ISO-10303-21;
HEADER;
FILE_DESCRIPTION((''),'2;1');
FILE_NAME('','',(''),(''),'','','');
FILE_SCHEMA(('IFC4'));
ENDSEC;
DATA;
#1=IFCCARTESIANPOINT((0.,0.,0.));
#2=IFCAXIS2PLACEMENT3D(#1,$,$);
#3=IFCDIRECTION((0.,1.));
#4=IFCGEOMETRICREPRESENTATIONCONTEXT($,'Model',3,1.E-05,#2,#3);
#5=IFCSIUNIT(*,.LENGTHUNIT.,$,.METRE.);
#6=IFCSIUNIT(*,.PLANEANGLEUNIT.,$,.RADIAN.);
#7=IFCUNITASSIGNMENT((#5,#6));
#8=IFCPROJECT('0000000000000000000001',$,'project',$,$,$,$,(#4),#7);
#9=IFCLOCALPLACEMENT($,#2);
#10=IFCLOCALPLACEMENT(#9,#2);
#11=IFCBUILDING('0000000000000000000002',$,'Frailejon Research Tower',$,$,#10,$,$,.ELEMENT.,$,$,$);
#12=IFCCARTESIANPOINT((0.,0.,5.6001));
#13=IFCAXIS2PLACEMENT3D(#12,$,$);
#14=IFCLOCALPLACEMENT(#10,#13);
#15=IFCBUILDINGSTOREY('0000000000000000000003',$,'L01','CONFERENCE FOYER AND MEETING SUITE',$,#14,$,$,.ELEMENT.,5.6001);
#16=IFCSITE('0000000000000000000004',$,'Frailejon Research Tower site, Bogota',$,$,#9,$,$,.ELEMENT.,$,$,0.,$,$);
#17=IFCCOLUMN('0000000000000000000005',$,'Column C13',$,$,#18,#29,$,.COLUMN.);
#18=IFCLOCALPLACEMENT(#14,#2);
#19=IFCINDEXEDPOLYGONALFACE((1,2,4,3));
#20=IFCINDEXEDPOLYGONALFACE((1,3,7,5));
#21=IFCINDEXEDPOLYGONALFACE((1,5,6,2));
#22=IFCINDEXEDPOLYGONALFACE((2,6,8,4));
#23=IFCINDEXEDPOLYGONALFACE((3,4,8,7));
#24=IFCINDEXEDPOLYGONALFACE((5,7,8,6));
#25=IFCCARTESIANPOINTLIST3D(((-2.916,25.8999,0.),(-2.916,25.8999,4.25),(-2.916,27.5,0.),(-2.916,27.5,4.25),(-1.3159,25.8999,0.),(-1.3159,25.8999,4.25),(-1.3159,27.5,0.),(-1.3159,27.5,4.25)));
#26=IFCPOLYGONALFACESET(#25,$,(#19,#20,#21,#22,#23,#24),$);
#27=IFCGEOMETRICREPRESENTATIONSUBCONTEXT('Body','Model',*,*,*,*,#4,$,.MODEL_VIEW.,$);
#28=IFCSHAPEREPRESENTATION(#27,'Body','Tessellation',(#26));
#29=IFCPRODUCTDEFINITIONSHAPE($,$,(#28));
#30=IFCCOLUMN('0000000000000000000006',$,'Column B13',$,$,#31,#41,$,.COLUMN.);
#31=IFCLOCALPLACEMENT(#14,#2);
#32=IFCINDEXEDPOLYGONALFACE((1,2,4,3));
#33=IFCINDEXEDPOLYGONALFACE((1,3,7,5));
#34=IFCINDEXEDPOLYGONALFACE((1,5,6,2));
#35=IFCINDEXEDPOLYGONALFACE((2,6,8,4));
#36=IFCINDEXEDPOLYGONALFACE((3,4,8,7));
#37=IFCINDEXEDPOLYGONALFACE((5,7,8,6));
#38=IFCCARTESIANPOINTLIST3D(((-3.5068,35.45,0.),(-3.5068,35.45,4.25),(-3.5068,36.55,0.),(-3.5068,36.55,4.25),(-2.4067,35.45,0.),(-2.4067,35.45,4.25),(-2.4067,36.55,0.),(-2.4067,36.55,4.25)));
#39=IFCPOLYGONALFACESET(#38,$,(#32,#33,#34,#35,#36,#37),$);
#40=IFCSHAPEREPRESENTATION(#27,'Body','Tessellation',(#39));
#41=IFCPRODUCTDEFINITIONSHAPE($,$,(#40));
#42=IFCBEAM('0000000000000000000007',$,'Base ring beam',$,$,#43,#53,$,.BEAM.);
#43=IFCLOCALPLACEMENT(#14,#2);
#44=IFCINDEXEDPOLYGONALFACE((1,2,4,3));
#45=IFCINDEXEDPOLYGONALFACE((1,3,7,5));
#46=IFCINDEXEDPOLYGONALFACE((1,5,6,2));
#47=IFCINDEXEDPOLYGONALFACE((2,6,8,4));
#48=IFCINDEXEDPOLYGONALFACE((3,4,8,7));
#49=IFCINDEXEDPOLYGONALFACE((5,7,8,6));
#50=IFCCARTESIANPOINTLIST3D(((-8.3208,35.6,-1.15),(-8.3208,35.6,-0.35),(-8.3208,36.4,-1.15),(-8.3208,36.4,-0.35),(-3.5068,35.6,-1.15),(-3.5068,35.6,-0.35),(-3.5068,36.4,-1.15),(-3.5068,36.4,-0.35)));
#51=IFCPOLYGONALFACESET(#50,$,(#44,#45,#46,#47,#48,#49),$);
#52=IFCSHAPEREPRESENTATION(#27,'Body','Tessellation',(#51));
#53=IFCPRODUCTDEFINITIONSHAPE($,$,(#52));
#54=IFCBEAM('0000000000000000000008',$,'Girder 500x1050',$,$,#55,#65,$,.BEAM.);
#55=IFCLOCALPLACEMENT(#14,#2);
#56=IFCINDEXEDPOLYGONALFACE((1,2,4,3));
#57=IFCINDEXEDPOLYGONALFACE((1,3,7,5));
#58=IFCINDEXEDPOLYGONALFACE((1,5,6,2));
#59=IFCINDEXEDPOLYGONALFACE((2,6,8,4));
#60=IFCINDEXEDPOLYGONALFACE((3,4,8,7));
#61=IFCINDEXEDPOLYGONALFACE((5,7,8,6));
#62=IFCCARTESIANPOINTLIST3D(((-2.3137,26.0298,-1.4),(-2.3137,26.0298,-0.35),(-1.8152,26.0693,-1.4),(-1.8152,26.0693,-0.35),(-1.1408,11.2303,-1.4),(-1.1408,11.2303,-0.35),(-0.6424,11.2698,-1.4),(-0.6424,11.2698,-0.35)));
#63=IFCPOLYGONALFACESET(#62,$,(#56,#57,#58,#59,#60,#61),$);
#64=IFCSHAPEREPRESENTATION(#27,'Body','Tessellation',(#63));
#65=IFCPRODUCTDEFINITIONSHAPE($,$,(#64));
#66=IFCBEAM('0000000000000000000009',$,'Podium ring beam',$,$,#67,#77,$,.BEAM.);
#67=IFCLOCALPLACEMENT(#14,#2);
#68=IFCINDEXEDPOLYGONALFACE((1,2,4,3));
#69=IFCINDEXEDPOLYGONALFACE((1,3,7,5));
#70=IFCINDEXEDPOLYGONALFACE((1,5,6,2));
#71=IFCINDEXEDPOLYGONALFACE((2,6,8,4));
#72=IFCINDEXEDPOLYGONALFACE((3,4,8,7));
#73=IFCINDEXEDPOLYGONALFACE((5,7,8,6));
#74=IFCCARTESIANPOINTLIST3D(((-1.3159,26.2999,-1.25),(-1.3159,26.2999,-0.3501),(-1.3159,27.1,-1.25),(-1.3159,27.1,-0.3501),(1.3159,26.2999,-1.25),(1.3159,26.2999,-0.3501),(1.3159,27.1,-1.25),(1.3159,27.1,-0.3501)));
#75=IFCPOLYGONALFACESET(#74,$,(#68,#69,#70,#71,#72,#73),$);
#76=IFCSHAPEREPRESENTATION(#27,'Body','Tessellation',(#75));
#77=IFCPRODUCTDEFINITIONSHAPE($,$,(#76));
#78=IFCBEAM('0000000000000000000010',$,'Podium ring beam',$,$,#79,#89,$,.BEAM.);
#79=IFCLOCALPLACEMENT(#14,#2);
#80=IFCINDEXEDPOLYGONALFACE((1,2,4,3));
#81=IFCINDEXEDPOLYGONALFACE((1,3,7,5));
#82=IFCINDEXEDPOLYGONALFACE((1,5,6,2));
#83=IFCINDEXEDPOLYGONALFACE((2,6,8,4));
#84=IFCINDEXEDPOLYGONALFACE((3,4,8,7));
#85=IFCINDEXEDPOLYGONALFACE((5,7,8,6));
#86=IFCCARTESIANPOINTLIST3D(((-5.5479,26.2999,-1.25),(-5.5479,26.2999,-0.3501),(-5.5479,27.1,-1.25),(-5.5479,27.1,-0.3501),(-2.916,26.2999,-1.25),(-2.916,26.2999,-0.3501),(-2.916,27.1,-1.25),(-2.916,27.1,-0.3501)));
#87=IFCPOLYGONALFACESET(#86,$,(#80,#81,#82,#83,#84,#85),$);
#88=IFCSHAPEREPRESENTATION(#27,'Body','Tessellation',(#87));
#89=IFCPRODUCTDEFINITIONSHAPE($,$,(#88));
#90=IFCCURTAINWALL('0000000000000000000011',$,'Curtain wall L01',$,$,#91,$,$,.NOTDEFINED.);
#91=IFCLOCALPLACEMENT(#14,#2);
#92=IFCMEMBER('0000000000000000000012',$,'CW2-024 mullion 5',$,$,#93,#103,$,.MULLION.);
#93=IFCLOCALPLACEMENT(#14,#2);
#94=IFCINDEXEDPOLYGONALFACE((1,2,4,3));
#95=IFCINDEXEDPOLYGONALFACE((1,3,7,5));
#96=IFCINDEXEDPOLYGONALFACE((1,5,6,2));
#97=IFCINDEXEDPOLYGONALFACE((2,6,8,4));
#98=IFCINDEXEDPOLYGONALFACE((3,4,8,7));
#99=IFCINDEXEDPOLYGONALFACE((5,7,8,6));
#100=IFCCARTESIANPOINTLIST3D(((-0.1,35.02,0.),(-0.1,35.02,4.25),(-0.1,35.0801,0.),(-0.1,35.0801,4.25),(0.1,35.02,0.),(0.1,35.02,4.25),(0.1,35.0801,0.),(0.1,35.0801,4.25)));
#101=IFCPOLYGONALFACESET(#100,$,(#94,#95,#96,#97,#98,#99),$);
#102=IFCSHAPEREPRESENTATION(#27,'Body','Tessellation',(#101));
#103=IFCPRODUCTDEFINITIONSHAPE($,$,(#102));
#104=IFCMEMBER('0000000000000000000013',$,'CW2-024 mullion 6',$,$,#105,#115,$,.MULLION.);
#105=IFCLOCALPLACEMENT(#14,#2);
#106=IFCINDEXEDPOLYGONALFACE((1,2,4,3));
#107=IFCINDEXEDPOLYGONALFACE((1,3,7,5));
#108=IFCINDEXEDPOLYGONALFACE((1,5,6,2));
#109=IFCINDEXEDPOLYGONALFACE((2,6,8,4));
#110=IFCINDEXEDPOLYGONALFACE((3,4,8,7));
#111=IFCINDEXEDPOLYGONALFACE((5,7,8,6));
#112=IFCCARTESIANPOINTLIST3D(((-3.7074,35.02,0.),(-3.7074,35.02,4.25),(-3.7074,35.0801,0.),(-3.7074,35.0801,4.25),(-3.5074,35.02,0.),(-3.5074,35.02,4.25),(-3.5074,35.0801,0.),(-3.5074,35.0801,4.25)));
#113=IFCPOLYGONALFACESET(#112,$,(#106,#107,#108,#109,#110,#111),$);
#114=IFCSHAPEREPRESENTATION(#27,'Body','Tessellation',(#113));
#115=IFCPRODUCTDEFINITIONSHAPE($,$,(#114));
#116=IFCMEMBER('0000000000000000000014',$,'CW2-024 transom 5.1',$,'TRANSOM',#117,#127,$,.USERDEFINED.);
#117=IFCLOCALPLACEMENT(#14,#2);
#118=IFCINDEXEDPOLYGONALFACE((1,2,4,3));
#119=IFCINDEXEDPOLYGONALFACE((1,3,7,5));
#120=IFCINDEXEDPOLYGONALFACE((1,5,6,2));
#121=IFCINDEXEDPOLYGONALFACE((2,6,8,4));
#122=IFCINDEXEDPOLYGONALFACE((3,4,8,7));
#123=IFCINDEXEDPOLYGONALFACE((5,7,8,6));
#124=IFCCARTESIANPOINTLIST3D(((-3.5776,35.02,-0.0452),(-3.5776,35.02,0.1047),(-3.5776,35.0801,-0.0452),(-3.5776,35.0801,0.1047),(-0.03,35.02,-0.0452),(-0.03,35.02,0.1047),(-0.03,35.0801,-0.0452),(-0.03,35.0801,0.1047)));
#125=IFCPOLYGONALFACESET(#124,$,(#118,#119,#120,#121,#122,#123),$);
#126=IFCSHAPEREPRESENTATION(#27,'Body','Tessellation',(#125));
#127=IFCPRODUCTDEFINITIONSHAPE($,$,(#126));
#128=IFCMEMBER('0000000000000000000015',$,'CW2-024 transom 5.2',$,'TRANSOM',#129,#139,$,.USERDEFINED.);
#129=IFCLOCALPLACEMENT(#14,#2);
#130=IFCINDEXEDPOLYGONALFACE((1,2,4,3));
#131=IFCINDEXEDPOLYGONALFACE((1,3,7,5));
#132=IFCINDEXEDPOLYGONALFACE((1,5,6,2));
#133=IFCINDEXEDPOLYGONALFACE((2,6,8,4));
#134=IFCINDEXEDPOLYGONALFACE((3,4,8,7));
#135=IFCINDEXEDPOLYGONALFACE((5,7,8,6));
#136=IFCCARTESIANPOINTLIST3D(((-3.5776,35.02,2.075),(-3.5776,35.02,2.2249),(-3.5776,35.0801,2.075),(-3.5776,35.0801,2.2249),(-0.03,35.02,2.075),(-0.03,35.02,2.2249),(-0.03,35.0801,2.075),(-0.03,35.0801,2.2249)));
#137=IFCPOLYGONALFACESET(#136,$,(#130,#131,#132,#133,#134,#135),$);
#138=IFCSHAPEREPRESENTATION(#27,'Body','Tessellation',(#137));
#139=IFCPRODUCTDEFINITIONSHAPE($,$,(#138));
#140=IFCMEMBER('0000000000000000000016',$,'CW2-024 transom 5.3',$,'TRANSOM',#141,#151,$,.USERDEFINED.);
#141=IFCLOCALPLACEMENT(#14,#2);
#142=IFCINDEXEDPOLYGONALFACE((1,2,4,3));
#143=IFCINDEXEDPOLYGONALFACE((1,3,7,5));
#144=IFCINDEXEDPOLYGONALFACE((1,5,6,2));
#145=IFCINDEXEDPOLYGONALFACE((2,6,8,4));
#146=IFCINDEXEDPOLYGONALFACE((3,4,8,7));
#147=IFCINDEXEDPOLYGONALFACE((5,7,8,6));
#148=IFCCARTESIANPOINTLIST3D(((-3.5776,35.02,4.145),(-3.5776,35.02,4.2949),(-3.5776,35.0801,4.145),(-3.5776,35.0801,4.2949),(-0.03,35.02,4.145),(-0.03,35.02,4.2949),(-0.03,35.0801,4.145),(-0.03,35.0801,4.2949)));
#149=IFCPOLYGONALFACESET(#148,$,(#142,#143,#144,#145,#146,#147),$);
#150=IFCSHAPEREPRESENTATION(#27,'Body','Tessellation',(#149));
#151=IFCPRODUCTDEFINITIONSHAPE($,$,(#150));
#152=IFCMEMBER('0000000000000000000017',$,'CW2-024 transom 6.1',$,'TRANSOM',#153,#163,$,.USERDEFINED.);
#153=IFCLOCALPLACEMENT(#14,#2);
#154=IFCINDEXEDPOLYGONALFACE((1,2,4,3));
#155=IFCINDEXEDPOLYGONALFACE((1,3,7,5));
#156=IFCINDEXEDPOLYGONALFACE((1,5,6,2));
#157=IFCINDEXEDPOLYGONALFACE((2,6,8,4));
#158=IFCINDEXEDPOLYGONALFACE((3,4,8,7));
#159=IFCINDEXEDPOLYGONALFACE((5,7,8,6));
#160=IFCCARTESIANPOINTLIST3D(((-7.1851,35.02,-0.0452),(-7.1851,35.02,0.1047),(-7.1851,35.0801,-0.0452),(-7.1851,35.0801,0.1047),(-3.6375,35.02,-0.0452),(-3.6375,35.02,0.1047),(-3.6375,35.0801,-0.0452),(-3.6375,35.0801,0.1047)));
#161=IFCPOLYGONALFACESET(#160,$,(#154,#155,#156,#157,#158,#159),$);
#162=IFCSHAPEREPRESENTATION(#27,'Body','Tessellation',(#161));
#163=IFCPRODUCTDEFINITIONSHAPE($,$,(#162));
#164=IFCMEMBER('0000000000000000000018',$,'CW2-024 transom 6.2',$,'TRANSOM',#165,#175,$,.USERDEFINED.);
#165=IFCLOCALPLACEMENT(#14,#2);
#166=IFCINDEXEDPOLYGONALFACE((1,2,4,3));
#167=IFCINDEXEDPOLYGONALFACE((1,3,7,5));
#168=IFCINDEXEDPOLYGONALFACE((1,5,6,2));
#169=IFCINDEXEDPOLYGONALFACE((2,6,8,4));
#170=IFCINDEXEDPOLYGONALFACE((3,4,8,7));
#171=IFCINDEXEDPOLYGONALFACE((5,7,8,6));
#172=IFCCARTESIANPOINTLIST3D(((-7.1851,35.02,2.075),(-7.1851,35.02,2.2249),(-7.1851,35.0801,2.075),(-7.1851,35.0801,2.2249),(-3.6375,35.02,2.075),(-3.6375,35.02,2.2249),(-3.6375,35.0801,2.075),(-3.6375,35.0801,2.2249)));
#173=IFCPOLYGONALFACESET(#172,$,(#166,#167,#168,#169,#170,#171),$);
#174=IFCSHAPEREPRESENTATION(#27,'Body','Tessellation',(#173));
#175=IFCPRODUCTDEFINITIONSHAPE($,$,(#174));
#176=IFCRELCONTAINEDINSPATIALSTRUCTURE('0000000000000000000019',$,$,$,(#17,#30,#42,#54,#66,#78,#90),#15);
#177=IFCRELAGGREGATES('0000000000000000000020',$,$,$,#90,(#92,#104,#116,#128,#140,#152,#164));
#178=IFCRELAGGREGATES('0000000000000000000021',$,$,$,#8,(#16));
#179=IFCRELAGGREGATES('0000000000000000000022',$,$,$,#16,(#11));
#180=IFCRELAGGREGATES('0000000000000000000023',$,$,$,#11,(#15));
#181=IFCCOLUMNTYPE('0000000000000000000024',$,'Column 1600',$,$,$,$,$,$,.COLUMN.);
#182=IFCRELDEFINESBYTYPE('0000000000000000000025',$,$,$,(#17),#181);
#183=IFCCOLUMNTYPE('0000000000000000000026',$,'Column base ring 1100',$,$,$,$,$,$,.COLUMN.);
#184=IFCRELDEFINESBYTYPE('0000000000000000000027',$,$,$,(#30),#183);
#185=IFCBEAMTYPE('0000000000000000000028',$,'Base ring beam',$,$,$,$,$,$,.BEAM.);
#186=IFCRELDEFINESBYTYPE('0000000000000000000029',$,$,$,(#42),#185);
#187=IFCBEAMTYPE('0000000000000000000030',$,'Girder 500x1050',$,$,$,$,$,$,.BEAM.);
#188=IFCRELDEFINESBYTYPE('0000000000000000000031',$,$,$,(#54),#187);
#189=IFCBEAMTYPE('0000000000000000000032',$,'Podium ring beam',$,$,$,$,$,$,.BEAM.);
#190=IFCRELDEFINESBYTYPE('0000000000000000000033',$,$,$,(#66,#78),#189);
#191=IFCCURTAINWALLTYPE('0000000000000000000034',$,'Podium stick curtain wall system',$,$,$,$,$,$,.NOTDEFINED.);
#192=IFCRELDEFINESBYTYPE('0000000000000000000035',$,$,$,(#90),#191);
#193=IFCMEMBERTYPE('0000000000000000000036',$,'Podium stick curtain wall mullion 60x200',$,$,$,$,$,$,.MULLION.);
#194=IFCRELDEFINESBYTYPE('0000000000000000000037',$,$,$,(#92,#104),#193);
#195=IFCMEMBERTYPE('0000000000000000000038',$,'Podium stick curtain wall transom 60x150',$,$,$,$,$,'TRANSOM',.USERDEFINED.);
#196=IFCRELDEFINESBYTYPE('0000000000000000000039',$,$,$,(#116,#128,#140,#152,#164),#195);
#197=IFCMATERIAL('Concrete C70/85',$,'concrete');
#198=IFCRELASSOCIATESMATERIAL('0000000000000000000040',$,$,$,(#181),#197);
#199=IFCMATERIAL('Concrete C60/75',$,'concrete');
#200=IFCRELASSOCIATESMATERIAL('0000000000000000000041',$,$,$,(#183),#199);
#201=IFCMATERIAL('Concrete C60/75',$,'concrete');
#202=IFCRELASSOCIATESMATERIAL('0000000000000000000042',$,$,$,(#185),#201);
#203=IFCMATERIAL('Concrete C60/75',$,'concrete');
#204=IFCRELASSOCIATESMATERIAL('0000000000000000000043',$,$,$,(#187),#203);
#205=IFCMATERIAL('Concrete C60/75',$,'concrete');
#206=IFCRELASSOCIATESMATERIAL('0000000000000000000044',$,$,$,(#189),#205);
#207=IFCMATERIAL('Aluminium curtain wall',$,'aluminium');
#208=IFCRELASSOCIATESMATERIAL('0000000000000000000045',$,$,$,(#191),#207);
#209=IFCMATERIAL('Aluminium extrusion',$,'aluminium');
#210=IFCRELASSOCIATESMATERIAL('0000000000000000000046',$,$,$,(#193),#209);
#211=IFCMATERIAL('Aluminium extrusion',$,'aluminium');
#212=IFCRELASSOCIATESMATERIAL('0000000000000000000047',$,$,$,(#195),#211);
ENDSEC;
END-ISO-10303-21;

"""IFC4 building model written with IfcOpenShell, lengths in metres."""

from ifc_helpers import new_model, si_unit, direction, frame, origin, origin_2d, place, context, subcontext, project, spatial, rectangle, extrude, material, material_profile, profile_set, type_object, element, aggregate, save


model = new_model("IFC4")

# Units and contexts
model_context = context("Model", 3, precision=1e-05, world=origin(), true_north=direction((0.0, 1.0)))
body_context = subcontext(model_context, "Body", "Model", "MODEL_VIEW")
ifc_project = project(units=[si_unit("LENGTHUNIT", "METRE"), si_unit("PLANEANGLEUNIT", "RADIAN")], contexts=[model_context])

# Site, building, storey
site_placement = place(None, origin())
site = spatial("IfcSite", under=ifc_project, at=site_placement, Name="Frailejon Research Tower site, Bogota", CompositionType="ELEMENT", RefElevation=0.0)
building_placement = place(site_placement, origin())
building = spatial("IfcBuilding", under=site, at=building_placement, Name="Frailejon Research Tower", CompositionType="ELEMENT")
storey_placement = place(building_placement, frame((0.0, 0.0, 5.6001)))
storey = spatial("IfcBuildingStorey", under=building, at=storey_placement, Name="L01", Description="CONFERENCE FOYER AND MEETING SUITE", CompositionType="ELEMENT", Elevation=5.6001)

# Columns
ifc_material_1 = material(Name="Concrete C70/85", Category="concrete")
ifc_material_profile_1 = material_profile(ifc_material_1, rectangle(XDim=1.6001, YDim=1.6001, at=origin_2d()), Name="Column 1600")
ifc_profile_set_1 = profile_set([ifc_material_profile_1], Name="Concrete C70/85")
column_type_1 = type_object("IfcColumnType", Name="Column 1600", PredefinedType="COLUMN", material=ifc_profile_set_1)
column_1_placement = place(storey_placement, frame((-2.116, 26.7, 0.0), z_axis=(0.0, 0.0, 1.0), x_axis=(-1.0, 0.0, 0.0)))
element("IfcColumn", 1, at=column_1_placement, inside=storey, type_object=column_type_1, Name="Column C13", PredefinedType="COLUMN", context=body_context, shape_type="SweptSolid", body=[
    extrude(rectangle(XDim=1.6001, YDim=1.6001, at=origin_2d()), origin(), (0.0, 0.0, 1.0), 4.25),
])
ifc_material_2 = material(Name="Concrete C60/75", Category="concrete")
ifc_material_profile_2 = material_profile(ifc_material_2, rectangle(XDim=1.1001, YDim=1.1001, at=origin_2d()), Name="Column base ring 1100")
ifc_profile_set_2 = profile_set([ifc_material_profile_2], Name="Concrete C60/75")
column_type_2 = type_object("IfcColumnType", Name="Column base ring 1100", PredefinedType="COLUMN", material=ifc_profile_set_2)
column_2_placement = place(storey_placement, frame((-2.9568, 36.0, 0.0), z_axis=(0.0, 0.0, 1.0), x_axis=(-1.0, 0.0, 0.0)))
element("IfcColumn", 2, at=column_2_placement, inside=storey, type_object=column_type_2, Name="Column B13", PredefinedType="COLUMN", context=body_context, shape_type="SweptSolid", body=[
    extrude(rectangle(XDim=1.1001, YDim=1.1001, at=origin_2d()), origin(), (0.0, 0.0, 1.0), 4.25),
])

# Beams
ifc_material_3 = material(Name="Concrete C60/75", Category="concrete")
ifc_material_profile_3 = material_profile(ifc_material_3, rectangle(XDim=0.8, YDim=0.8, at=origin_2d()), Name="Base ring beam")
ifc_profile_set_3 = profile_set([ifc_material_profile_3], Name="Concrete C60/75")
beam_type_1 = type_object("IfcBeamType", Name="Base ring beam", PredefinedType="BEAM", material=ifc_profile_set_3)
beam_1_placement = place(storey_placement, frame((-3.5068, 36.0, -0.75), z_axis=(-1.0, 0.0, 0.0), x_axis=(0.0, -1.0, 0.0)))
element("IfcBeam", 3, at=beam_1_placement, inside=storey, type_object=beam_type_1, Name="Base ring beam", PredefinedType="BEAM", context=body_context, shape_type="SweptSolid", body=[
    extrude(rectangle(XDim=0.8, YDim=0.8, at=origin_2d()), origin(), (0.0, 0.0, 1.0), 4.814),
])
ifc_material_4 = material(Name="Concrete C60/75", Category="concrete")
ifc_material_profile_4 = material_profile(ifc_material_4, rectangle(XDim=0.5, YDim=1.05, at=origin_2d()), Name="Girder 500x1050")
ifc_profile_set_4 = profile_set([ifc_material_profile_4], Name="Concrete C60/75")
beam_type_2 = type_object("IfcBeamType", Name="Girder 500x1050", PredefinedType="BEAM", material=ifc_profile_set_4)
beam_2_placement = place(storey_placement, frame((-2.0645, 26.0496, -0.875), z_axis=(0.079001, -0.996875, 0.0), x_axis=(0.996875, 0.079001, 0.0)))
element("IfcBeam", 4, at=beam_2_placement, inside=storey, type_object=beam_type_2, Name="Girder 500x1050", PredefinedType="BEAM", context=body_context, shape_type="SweptSolid", body=[
    extrude(rectangle(XDim=0.5, YDim=1.05, at=origin_2d()), origin(), (0.0, 0.0, 1.0), 14.8459),
])
ifc_material_5 = material(Name="Concrete C60/75", Category="concrete")
ifc_material_profile_5 = material_profile(ifc_material_5, rectangle(XDim=0.8, YDim=0.8999, at=origin_2d()), Name="Podium ring beam")
ifc_profile_set_5 = profile_set([ifc_material_profile_5], Name="Concrete C60/75")
beam_type_3 = type_object("IfcBeamType", Name="Podium ring beam", PredefinedType="BEAM", material=ifc_profile_set_5)
for number, where, z_axis, x_axis, name in (
    (5, (1.3159, 26.7, -0.8), (-1.0, 0.0, 0.0), (0.0, -1.0, 0.0), "Podium ring beam"),
    (6, (-2.916, 26.7, -0.8), (-1.0, 0.0, 0.0), (0.0, -1.0, 0.0), "Podium ring beam"),
):
    element("IfcBeam", number, at=place(storey_placement, frame(where, z_axis=z_axis, x_axis=x_axis)), inside=storey, type_object=beam_type_3, Name=name, PredefinedType="BEAM", context=body_context, shape_type="SweptSolid", body=[
        extrude(rectangle(XDim=0.8, YDim=0.8999, at=origin_2d()), origin(), (0.0, 0.0, 1.0), 2.6318),
    ])

# Curtain wall, members
ifc_material_6 = material(Name="Aluminium curtain wall", Category="aluminium")
curtain_wall_type = type_object("IfcCurtainWallType", Name="Podium stick curtain wall system", PredefinedType="NOTDEFINED", material=ifc_material_6)
curtain_wall_placement = place(storey_placement, origin())
curtain_wall = element("IfcCurtainWall", 7, at=curtain_wall_placement, inside=storey, type_object=curtain_wall_type, Name="Curtain wall L01", PredefinedType="NOTDEFINED")
ifc_material_7 = material(Name="Aluminium extrusion", Category="aluminium")
ifc_material_profile_6 = material_profile(ifc_material_7, rectangle(XDim=0.0601, YDim=0.2, at=origin_2d()), Name="Podium stick curtain wall mullion 60x200")
ifc_profile_set_6 = profile_set([ifc_material_profile_6], Name="Aluminium extrusion")
member_type_1 = type_object("IfcMemberType", Name="Podium stick curtain wall mullion 60x200", PredefinedType="MULLION", material=ifc_profile_set_6)
member_1_placement = place(storey_placement, frame((0.0, 35.05, 0.0), z_axis=(0.0, 0.0, 1.0), x_axis=(0.0, -1.0, 0.0)))
member_1 = element("IfcMember", 8, at=member_1_placement, type_object=member_type_1, Name="CW2-024 mullion 5", PredefinedType="MULLION", context=body_context, shape_type="SweptSolid", body=[
    extrude(rectangle(XDim=0.0601, YDim=0.2, at=origin_2d()), origin(), (0.0, 0.0, 1.0), 4.25),
])
member_2_placement = place(storey_placement, frame((-3.6074, 35.05, 0.0), z_axis=(0.0, 0.0, 1.0), x_axis=(0.0, -1.0, 0.0)))
member_2 = element("IfcMember", 9, at=member_2_placement, type_object=member_type_1, Name="CW2-024 mullion 6", PredefinedType="MULLION", context=body_context, shape_type="SweptSolid", body=[
    extrude(rectangle(XDim=0.0601, YDim=0.2, at=origin_2d()), origin(), (0.0, 0.0, 1.0), 4.25),
])
ifc_material_8 = material(Name="Aluminium extrusion", Category="aluminium")
ifc_material_profile_7 = material_profile(ifc_material_8, rectangle(XDim=0.0601, YDim=0.1499, at=origin_2d()), Name="Podium stick curtain wall transom 60x150")
ifc_profile_set_7 = profile_set([ifc_material_profile_7], Name="Aluminium extrusion")
member_type_2 = type_object("IfcMemberType", Name="Podium stick curtain wall transom 60x150", ElementType="TRANSOM", PredefinedType="USERDEFINED", material=ifc_profile_set_7)
member_3_placement = place(storey_placement, frame((-0.03, 35.05, 0.0298), z_axis=(-1.0, 0.0, 0.0), x_axis=(0.0, -1.0, 0.0)))
member_3 = element("IfcMember", 10, at=member_3_placement, type_object=member_type_2, Name="CW2-024 transom 5.1", ObjectType="TRANSOM", PredefinedType="USERDEFINED", context=body_context, shape_type="SweptSolid", body=[
    extrude(rectangle(XDim=0.0601, YDim=0.1499, at=origin_2d()), origin(), (0.0, 0.0, 1.0), 3.5476),
])
member_4_placement = place(storey_placement, frame((-0.03, 35.05, 2.1499), z_axis=(-1.0, 0.0, 0.0), x_axis=(0.0, -1.0, 0.0)))
member_4 = element("IfcMember", 11, at=member_4_placement, type_object=member_type_2, Name="CW2-024 transom 5.2", ObjectType="TRANSOM", PredefinedType="USERDEFINED", context=body_context, shape_type="SweptSolid", body=[
    extrude(rectangle(XDim=0.0601, YDim=0.1499, at=origin_2d()), origin(), (0.0, 0.0, 1.0), 3.5476),
])
member_5_placement = place(storey_placement, frame((-0.03, 35.05, 4.22), z_axis=(-1.0, 0.0, 0.0), x_axis=(0.0, -1.0, 0.0)))
member_5 = element("IfcMember", 12, at=member_5_placement, type_object=member_type_2, Name="CW2-024 transom 5.3", ObjectType="TRANSOM", PredefinedType="USERDEFINED", context=body_context, shape_type="SweptSolid", body=[
    extrude(rectangle(XDim=0.0601, YDim=0.1499, at=origin_2d()), origin(), (0.0, 0.0, 1.0), 3.5476),
])
member_6_placement = place(storey_placement, frame((-3.6375, 35.05, 0.0298), z_axis=(-1.0, 0.0, 0.0), x_axis=(0.0, -1.0, 0.0)))
member_6 = element("IfcMember", 13, at=member_6_placement, type_object=member_type_2, Name="CW2-024 transom 6.1", ObjectType="TRANSOM", PredefinedType="USERDEFINED", context=body_context, shape_type="SweptSolid", body=[
    extrude(rectangle(XDim=0.0601, YDim=0.1499, at=origin_2d()), origin(), (0.0, 0.0, 1.0), 3.5476),
])
member_7_placement = place(storey_placement, frame((-3.6375, 35.05, 2.1499), z_axis=(-1.0, 0.0, 0.0), x_axis=(0.0, -1.0, 0.0)))
member_7 = element("IfcMember", 14, at=member_7_placement, type_object=member_type_2, Name="CW2-024 transom 6.2", ObjectType="TRANSOM", PredefinedType="USERDEFINED", context=body_context, shape_type="SweptSolid", body=[
    extrude(rectangle(XDim=0.0601, YDim=0.1499, at=origin_2d()), origin(), (0.0, 0.0, 1.0), 3.5476),
])
aggregate(curtain_wall, [member_1, member_2, member_3, member_4, member_5, member_6, member_7])

save(model, "model.ifc")
